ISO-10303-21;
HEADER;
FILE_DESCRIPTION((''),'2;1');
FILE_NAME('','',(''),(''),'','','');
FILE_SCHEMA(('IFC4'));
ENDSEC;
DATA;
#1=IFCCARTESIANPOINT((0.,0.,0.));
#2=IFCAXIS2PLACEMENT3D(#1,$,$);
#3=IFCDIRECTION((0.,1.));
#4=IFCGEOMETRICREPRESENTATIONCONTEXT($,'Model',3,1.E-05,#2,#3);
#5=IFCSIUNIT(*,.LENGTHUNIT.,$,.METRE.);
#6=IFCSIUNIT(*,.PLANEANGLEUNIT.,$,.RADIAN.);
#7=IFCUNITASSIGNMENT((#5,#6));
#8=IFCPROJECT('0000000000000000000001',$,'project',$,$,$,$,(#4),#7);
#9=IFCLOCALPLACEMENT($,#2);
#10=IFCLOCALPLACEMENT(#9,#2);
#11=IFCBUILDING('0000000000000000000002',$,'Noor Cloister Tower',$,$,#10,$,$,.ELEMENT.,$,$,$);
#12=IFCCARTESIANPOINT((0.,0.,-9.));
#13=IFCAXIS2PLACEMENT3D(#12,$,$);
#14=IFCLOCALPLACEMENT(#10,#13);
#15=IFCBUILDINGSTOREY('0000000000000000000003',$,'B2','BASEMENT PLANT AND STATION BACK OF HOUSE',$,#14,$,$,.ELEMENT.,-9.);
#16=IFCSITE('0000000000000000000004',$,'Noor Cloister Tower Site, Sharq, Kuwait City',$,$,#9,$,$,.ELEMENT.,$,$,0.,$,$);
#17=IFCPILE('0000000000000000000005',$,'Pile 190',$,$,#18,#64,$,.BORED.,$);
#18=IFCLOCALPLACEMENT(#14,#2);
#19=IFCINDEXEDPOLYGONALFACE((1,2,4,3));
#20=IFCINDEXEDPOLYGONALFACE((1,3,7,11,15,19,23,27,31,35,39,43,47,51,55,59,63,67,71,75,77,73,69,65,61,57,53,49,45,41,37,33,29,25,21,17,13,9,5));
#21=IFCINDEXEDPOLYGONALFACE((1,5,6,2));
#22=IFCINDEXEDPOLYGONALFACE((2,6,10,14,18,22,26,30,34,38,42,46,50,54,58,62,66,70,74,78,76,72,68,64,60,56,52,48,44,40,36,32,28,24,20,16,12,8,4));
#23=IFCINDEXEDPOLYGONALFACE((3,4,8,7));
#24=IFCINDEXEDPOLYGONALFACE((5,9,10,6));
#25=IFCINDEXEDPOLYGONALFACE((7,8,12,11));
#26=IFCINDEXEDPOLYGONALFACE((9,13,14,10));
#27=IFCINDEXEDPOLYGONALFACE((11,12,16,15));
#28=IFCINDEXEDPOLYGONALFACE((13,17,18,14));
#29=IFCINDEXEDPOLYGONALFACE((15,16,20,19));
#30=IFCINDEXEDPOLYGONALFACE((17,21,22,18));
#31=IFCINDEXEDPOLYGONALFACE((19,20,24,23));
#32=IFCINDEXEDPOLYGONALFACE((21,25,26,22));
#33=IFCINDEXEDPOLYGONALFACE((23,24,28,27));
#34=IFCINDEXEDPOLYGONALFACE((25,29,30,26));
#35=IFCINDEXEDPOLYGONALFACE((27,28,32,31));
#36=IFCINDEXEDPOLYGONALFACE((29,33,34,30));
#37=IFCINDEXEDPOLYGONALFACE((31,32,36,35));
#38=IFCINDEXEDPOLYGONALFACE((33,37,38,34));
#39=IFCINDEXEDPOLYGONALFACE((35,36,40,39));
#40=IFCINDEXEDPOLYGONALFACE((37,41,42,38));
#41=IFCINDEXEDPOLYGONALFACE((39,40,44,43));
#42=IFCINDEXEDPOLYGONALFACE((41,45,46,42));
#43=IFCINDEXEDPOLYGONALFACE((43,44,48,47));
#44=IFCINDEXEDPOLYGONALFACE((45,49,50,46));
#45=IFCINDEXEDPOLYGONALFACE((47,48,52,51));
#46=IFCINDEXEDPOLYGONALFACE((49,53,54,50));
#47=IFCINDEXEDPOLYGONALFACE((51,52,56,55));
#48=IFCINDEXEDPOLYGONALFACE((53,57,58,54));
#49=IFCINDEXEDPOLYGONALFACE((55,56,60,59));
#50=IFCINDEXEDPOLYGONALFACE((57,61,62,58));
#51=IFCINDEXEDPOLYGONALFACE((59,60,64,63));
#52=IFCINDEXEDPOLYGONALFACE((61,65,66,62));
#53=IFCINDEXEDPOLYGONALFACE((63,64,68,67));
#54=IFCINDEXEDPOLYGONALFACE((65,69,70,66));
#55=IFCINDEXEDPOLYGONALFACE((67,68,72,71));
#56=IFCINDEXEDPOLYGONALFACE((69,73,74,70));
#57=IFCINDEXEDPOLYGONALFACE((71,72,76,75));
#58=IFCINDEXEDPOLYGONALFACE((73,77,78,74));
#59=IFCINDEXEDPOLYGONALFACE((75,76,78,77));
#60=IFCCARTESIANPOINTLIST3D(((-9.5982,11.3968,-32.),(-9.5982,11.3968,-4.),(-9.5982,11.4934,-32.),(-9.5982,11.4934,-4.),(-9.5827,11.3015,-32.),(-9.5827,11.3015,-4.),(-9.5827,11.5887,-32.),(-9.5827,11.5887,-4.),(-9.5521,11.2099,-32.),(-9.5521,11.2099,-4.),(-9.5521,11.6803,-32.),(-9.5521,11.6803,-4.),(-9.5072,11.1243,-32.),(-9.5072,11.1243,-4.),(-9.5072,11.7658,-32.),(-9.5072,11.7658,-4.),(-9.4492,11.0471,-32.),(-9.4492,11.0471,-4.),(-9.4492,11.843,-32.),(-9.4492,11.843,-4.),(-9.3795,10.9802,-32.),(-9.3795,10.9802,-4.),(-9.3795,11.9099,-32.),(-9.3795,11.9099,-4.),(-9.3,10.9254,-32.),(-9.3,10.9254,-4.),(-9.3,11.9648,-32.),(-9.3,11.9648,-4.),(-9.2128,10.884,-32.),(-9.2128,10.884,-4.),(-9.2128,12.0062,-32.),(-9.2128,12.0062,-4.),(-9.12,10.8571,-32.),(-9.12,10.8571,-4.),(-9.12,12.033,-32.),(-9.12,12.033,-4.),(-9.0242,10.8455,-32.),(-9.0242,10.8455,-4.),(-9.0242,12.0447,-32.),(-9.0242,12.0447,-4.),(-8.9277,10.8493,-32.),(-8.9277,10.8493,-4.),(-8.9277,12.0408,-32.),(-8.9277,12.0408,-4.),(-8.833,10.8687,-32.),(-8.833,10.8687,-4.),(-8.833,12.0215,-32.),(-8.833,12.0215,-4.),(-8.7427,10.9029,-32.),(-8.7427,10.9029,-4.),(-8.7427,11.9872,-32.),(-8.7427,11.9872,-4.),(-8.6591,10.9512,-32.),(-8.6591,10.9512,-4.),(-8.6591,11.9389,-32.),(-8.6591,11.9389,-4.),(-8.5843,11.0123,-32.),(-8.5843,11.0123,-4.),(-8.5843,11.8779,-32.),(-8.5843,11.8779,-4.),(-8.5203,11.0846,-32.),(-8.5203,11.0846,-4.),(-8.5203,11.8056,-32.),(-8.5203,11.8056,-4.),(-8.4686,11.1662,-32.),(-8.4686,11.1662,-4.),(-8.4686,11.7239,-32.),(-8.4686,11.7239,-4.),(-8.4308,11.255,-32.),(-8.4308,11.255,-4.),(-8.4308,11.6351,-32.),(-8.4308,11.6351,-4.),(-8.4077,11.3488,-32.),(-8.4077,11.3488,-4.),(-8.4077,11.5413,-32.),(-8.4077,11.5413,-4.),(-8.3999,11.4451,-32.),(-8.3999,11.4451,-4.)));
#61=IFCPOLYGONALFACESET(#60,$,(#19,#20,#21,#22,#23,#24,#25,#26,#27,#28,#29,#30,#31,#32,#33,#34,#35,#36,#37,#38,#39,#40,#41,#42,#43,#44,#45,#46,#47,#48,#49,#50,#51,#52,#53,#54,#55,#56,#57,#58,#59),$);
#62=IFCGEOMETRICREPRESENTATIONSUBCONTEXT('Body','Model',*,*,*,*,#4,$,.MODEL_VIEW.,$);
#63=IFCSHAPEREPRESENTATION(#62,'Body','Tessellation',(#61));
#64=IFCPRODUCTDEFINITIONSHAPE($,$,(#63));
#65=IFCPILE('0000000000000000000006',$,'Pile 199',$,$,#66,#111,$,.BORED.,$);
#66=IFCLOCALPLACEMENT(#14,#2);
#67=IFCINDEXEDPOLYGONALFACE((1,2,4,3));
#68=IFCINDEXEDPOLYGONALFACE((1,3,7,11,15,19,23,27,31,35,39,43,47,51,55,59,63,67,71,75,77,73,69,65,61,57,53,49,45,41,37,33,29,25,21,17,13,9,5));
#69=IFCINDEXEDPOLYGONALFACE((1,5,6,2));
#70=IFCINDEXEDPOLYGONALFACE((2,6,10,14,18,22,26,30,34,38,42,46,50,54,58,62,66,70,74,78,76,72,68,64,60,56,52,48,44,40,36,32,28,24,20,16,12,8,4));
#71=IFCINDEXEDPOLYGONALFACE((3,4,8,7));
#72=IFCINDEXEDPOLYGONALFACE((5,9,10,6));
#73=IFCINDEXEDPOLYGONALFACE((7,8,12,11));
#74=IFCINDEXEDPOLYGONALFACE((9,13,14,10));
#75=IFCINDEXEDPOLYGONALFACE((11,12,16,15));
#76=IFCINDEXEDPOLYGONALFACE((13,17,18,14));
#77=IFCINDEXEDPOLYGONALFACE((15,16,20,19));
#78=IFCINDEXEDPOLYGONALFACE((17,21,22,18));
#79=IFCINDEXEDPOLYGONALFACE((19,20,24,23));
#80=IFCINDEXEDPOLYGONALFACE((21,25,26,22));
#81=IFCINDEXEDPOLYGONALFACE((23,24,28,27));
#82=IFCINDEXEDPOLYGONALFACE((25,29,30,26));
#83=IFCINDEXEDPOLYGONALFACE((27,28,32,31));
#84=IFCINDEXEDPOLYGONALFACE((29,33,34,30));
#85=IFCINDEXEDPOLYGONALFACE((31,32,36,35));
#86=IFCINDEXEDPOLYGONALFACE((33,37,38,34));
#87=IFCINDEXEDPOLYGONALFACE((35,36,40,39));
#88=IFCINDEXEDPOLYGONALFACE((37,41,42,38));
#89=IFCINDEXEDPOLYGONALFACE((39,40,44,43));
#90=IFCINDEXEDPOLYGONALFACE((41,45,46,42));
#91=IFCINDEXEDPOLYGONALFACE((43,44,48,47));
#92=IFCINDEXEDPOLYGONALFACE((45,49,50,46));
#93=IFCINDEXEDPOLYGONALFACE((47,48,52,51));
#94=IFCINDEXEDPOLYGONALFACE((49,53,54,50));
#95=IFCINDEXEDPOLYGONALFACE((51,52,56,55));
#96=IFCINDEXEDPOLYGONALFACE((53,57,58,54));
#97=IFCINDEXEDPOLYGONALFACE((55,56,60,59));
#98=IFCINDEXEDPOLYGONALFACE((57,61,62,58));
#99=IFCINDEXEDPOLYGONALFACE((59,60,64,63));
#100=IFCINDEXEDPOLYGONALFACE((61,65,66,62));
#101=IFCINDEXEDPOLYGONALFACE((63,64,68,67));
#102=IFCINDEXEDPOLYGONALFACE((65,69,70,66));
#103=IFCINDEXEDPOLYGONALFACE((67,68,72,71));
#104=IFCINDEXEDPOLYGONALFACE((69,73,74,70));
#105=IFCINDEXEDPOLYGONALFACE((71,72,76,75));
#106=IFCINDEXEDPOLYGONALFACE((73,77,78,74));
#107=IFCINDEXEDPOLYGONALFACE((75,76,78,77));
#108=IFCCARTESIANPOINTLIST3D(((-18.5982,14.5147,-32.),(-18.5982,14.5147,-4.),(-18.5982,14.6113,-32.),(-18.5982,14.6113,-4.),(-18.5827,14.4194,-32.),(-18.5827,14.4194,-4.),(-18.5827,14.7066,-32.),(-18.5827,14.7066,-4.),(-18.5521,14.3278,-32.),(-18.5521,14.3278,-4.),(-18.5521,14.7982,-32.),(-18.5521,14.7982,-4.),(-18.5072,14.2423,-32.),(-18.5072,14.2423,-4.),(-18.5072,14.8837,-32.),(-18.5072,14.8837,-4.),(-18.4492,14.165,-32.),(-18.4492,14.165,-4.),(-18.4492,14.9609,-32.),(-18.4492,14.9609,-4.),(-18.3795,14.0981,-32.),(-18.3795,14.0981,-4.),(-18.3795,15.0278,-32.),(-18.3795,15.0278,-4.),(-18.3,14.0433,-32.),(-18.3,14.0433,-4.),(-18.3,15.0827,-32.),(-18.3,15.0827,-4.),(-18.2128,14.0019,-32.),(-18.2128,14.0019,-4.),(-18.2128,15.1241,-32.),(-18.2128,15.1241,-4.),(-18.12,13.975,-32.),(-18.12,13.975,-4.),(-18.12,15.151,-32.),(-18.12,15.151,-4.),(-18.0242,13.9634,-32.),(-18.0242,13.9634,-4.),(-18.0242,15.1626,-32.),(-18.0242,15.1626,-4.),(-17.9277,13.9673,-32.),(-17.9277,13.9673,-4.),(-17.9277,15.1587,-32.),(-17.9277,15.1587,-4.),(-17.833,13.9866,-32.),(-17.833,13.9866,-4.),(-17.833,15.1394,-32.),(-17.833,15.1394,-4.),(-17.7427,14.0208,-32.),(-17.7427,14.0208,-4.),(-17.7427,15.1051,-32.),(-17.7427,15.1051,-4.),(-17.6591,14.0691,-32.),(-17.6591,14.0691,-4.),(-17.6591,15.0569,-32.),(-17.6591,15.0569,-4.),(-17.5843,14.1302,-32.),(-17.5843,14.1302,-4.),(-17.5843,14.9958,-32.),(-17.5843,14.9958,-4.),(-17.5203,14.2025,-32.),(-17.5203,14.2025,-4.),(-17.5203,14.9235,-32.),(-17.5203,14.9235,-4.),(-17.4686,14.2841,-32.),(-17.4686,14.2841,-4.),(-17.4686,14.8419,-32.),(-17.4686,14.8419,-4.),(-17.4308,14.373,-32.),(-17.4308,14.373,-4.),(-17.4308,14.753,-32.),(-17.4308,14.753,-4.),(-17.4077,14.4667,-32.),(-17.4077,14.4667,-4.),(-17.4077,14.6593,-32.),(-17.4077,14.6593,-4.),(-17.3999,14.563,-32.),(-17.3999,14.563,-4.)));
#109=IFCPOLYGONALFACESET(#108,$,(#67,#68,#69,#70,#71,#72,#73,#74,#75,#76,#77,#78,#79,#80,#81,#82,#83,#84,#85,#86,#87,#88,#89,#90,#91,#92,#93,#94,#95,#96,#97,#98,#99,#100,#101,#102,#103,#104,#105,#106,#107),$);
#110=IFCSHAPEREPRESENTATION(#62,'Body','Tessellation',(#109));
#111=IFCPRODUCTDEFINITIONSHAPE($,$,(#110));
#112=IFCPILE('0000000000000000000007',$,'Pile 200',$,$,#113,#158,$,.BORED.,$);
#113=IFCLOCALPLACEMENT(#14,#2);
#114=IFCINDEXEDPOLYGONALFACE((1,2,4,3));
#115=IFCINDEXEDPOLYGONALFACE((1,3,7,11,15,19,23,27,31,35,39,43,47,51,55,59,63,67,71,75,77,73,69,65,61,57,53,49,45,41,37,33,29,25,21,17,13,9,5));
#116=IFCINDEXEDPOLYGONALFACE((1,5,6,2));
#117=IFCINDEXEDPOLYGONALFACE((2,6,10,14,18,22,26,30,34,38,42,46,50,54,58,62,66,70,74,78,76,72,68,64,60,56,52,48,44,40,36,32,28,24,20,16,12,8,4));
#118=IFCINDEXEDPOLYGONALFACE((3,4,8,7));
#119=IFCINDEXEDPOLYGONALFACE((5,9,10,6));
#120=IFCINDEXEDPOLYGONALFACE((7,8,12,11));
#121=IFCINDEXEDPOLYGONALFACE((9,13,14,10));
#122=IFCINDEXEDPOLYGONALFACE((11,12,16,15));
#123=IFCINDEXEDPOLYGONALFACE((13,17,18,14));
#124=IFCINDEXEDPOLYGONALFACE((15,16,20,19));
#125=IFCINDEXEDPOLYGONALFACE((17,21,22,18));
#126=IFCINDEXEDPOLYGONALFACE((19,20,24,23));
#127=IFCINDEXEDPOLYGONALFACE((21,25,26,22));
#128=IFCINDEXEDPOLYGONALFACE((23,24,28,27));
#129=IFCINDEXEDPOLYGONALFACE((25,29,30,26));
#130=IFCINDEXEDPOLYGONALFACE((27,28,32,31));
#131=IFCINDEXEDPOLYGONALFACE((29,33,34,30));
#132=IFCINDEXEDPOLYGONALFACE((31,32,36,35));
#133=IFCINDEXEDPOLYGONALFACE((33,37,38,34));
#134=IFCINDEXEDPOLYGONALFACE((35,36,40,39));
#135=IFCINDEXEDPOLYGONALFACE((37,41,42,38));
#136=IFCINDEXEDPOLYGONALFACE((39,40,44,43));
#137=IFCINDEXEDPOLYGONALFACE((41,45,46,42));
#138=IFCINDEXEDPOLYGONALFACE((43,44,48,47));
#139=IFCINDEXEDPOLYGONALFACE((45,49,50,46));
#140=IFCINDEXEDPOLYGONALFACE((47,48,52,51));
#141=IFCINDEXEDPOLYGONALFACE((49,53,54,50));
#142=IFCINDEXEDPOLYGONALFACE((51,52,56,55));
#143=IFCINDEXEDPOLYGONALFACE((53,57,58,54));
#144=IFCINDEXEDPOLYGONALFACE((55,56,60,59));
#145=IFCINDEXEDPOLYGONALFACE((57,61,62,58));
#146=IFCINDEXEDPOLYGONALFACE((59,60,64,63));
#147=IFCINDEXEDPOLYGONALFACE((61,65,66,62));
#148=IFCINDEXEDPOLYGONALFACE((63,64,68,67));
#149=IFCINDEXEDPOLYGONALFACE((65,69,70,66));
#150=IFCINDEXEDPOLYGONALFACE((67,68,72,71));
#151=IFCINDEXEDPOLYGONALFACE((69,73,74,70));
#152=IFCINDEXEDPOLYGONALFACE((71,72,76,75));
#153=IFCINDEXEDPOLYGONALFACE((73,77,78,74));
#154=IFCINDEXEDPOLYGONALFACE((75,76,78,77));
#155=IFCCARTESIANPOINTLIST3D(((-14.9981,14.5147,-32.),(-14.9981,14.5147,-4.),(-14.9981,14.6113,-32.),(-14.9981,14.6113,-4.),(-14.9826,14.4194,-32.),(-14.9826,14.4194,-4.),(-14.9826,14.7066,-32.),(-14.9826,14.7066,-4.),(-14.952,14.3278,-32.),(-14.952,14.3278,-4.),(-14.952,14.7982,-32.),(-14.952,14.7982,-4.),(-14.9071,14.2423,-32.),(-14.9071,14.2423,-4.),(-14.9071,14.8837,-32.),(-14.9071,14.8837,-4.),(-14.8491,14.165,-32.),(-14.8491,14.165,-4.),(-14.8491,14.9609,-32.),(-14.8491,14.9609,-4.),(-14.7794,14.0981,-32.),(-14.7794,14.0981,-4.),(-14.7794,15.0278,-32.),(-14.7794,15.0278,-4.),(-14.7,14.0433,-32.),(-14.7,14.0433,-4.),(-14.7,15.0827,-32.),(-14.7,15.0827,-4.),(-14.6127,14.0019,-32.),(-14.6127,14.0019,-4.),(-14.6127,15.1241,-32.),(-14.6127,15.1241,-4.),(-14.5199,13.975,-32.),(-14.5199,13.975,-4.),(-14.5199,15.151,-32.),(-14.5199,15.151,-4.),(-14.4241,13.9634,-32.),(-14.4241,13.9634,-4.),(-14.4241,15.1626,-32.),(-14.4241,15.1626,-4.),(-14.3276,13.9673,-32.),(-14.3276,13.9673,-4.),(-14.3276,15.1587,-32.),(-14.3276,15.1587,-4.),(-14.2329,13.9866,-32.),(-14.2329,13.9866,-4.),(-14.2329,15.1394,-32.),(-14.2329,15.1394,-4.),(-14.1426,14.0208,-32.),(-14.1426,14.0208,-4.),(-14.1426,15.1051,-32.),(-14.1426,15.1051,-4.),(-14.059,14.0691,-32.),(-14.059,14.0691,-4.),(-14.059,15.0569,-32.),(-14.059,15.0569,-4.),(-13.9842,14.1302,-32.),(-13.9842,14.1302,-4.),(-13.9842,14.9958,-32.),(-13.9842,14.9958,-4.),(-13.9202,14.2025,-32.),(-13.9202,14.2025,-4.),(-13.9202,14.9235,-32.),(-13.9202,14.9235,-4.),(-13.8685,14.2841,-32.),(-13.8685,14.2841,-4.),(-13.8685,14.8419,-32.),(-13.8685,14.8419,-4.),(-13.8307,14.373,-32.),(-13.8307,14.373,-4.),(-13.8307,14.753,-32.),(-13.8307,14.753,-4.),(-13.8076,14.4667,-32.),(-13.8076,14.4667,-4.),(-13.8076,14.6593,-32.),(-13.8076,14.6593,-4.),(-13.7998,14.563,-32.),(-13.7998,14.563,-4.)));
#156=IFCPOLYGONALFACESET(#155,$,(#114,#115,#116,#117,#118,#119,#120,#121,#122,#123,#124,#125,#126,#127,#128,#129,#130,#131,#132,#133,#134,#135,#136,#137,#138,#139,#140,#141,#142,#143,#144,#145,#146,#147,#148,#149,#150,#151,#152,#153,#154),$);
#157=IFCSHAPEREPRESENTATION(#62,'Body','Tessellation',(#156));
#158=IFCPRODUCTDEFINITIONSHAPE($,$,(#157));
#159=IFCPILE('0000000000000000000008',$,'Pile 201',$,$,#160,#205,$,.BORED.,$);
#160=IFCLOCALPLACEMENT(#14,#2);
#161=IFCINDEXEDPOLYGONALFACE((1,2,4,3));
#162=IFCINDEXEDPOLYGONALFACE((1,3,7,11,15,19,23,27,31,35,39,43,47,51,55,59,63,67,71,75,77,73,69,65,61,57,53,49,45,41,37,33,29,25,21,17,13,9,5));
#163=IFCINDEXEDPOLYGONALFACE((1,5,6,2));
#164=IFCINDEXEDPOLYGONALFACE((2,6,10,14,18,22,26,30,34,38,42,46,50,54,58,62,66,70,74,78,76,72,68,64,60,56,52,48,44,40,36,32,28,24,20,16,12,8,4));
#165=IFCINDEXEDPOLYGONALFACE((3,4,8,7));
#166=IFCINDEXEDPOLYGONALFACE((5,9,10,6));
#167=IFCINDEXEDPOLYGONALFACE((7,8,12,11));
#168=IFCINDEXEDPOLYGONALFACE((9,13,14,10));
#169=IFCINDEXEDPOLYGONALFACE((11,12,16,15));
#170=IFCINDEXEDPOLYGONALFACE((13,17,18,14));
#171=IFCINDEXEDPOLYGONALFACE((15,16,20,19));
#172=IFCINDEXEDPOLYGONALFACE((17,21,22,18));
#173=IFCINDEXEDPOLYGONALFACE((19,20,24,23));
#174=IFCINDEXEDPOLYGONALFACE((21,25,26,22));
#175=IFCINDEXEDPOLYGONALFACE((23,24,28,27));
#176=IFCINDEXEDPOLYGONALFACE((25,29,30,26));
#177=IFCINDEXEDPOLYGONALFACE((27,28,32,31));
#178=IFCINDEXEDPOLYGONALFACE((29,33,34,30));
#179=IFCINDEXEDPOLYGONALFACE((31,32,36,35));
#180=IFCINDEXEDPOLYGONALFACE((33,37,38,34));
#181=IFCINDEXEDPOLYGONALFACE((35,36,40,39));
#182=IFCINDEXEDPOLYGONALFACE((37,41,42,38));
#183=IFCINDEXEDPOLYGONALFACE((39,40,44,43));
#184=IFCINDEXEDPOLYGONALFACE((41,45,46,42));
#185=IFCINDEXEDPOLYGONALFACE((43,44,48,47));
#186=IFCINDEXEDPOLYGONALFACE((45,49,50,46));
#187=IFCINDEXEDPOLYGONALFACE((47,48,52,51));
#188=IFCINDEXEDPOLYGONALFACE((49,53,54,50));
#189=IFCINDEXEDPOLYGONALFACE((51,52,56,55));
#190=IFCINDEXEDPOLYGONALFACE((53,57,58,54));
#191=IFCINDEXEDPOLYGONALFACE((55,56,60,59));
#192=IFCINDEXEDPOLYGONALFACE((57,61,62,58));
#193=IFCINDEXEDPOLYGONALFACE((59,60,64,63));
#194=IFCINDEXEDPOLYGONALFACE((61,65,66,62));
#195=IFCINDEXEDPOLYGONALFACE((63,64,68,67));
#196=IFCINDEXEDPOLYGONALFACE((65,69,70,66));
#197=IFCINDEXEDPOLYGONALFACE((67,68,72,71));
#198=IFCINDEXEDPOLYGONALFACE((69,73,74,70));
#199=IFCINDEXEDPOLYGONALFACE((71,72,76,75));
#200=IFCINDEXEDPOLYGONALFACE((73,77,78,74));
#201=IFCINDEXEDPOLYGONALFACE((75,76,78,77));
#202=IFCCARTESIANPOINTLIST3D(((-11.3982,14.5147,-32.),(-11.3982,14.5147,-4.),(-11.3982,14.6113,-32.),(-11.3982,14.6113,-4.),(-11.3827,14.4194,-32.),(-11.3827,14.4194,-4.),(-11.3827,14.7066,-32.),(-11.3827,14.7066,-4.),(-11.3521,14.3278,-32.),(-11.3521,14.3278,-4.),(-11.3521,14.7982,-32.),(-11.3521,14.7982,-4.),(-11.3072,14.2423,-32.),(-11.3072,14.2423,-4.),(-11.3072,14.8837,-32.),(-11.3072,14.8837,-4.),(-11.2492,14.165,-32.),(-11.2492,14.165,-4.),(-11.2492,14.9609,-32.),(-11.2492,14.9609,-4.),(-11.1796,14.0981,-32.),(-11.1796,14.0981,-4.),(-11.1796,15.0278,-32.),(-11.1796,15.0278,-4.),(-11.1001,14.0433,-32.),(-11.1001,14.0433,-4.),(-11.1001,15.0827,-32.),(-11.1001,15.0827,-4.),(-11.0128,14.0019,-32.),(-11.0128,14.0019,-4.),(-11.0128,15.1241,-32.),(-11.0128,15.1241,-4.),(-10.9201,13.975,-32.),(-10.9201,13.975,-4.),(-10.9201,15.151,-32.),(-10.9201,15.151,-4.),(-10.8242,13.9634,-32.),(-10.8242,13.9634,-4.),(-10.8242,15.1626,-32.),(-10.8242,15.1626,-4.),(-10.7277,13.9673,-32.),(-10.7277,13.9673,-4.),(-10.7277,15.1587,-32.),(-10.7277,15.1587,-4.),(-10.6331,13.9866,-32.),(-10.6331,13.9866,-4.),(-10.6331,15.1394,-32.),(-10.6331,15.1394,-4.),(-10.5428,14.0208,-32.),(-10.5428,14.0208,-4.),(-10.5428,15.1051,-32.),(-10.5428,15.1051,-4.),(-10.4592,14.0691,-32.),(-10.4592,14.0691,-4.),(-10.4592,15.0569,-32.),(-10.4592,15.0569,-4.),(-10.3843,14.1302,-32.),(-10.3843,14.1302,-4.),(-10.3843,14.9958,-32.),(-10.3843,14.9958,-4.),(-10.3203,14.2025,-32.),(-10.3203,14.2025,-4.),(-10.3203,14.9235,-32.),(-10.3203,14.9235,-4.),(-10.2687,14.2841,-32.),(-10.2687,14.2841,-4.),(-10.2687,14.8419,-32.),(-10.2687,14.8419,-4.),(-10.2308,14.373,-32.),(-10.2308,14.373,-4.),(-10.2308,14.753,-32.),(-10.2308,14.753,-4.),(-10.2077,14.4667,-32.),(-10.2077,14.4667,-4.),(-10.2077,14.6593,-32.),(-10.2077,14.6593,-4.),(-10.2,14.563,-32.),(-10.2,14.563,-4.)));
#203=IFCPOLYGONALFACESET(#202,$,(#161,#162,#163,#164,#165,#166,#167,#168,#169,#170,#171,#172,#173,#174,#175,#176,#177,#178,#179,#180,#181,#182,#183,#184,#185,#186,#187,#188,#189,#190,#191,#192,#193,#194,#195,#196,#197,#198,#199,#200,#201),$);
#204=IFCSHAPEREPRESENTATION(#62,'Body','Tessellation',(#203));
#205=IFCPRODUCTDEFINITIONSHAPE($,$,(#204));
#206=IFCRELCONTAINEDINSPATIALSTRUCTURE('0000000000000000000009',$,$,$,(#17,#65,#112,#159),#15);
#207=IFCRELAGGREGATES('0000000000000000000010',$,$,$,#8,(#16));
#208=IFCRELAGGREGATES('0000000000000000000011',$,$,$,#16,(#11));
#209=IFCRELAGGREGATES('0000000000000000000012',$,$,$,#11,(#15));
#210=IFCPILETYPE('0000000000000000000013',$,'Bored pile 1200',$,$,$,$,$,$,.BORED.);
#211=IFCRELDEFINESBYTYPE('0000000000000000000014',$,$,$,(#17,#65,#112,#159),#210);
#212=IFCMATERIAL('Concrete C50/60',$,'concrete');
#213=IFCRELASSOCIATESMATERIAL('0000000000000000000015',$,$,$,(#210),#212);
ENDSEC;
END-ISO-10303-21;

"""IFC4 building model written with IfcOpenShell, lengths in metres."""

from ifc_helpers import new_model, si_unit, direction, frame, origin, origin_2d, place, context, subcontext, project, spatial, circle, extrude, material, material_profile, profile_set, type_object, element, save


model = new_model("IFC4")

# Units and contexts
model_context = context("Model", 3, precision=1e-05, world=origin(), true_north=direction((0.0, 1.0)))
body_context = subcontext(model_context, "Body", "Model", "MODEL_VIEW")
ifc_project = project(units=[si_unit("LENGTHUNIT", "METRE"), si_unit("PLANEANGLEUNIT", "RADIAN")], contexts=[model_context])

# Site, building, storey
site_placement = place(None, origin())
site = spatial("IfcSite", under=ifc_project, at=site_placement, Name="Noor Cloister Tower Site, Sharq, Kuwait City", CompositionType="ELEMENT", RefElevation=0.0)
building_placement = place(site_placement, origin())
building = spatial("IfcBuilding", under=site, at=building_placement, Name="Noor Cloister Tower", CompositionType="ELEMENT")
storey_placement = place(building_placement, frame((0.0, 0.0, -9.0)))
storey = spatial("IfcBuildingStorey", under=building, at=storey_placement, Name="B2", Description="BASEMENT PLANT AND STATION BACK OF HOUSE", CompositionType="ELEMENT", Elevation=-9.0)

# Piles
ifc_material_1 = material(Name="Concrete C50/60", Category="concrete")
ifc_material_profile_1 = material_profile(ifc_material_1, circle(Radius=0.6001, at=origin_2d()), Name="Bored pile 1200")
ifc_profile_set_1 = profile_set([ifc_material_profile_1], Name="Concrete C50/60")
pile_type = type_object("IfcPileType", Name="Bored pile 1200", PredefinedType="BORED", material=ifc_profile_set_1)
for number, where, z_axis, x_axis, name in (
    (1, (-9.0, 11.4451, -4.0), (0.0, 0.0, -1.0), (1.0, 0.0, 0.0), "Pile 190"),
    (2, (-18.0, 14.563, -4.0), (0.0, 0.0, -1.0), (1.0, 0.0, 0.0), "Pile 199"),
    (3, (-14.3999, 14.563, -4.0), (0.0, 0.0, -1.0), (1.0, 0.0, 0.0), "Pile 200"),
    (4, (-10.8, 14.563, -4.0), (0.0, 0.0, -1.0), (1.0, 0.0, 0.0), "Pile 201"),
):
    element("IfcPile", number, at=place(storey_placement, frame(where, z_axis=z_axis, x_axis=x_axis)), inside=storey, type_object=pile_type, Name=name, PredefinedType="BORED", context=body_context, shape_type="SweptSolid", body=[
        extrude(circle(Radius=0.6001, at=origin_2d()), origin(), (0.0, 0.0, 1.0), 28.0),
    ])

save(model, "model.ifc")
